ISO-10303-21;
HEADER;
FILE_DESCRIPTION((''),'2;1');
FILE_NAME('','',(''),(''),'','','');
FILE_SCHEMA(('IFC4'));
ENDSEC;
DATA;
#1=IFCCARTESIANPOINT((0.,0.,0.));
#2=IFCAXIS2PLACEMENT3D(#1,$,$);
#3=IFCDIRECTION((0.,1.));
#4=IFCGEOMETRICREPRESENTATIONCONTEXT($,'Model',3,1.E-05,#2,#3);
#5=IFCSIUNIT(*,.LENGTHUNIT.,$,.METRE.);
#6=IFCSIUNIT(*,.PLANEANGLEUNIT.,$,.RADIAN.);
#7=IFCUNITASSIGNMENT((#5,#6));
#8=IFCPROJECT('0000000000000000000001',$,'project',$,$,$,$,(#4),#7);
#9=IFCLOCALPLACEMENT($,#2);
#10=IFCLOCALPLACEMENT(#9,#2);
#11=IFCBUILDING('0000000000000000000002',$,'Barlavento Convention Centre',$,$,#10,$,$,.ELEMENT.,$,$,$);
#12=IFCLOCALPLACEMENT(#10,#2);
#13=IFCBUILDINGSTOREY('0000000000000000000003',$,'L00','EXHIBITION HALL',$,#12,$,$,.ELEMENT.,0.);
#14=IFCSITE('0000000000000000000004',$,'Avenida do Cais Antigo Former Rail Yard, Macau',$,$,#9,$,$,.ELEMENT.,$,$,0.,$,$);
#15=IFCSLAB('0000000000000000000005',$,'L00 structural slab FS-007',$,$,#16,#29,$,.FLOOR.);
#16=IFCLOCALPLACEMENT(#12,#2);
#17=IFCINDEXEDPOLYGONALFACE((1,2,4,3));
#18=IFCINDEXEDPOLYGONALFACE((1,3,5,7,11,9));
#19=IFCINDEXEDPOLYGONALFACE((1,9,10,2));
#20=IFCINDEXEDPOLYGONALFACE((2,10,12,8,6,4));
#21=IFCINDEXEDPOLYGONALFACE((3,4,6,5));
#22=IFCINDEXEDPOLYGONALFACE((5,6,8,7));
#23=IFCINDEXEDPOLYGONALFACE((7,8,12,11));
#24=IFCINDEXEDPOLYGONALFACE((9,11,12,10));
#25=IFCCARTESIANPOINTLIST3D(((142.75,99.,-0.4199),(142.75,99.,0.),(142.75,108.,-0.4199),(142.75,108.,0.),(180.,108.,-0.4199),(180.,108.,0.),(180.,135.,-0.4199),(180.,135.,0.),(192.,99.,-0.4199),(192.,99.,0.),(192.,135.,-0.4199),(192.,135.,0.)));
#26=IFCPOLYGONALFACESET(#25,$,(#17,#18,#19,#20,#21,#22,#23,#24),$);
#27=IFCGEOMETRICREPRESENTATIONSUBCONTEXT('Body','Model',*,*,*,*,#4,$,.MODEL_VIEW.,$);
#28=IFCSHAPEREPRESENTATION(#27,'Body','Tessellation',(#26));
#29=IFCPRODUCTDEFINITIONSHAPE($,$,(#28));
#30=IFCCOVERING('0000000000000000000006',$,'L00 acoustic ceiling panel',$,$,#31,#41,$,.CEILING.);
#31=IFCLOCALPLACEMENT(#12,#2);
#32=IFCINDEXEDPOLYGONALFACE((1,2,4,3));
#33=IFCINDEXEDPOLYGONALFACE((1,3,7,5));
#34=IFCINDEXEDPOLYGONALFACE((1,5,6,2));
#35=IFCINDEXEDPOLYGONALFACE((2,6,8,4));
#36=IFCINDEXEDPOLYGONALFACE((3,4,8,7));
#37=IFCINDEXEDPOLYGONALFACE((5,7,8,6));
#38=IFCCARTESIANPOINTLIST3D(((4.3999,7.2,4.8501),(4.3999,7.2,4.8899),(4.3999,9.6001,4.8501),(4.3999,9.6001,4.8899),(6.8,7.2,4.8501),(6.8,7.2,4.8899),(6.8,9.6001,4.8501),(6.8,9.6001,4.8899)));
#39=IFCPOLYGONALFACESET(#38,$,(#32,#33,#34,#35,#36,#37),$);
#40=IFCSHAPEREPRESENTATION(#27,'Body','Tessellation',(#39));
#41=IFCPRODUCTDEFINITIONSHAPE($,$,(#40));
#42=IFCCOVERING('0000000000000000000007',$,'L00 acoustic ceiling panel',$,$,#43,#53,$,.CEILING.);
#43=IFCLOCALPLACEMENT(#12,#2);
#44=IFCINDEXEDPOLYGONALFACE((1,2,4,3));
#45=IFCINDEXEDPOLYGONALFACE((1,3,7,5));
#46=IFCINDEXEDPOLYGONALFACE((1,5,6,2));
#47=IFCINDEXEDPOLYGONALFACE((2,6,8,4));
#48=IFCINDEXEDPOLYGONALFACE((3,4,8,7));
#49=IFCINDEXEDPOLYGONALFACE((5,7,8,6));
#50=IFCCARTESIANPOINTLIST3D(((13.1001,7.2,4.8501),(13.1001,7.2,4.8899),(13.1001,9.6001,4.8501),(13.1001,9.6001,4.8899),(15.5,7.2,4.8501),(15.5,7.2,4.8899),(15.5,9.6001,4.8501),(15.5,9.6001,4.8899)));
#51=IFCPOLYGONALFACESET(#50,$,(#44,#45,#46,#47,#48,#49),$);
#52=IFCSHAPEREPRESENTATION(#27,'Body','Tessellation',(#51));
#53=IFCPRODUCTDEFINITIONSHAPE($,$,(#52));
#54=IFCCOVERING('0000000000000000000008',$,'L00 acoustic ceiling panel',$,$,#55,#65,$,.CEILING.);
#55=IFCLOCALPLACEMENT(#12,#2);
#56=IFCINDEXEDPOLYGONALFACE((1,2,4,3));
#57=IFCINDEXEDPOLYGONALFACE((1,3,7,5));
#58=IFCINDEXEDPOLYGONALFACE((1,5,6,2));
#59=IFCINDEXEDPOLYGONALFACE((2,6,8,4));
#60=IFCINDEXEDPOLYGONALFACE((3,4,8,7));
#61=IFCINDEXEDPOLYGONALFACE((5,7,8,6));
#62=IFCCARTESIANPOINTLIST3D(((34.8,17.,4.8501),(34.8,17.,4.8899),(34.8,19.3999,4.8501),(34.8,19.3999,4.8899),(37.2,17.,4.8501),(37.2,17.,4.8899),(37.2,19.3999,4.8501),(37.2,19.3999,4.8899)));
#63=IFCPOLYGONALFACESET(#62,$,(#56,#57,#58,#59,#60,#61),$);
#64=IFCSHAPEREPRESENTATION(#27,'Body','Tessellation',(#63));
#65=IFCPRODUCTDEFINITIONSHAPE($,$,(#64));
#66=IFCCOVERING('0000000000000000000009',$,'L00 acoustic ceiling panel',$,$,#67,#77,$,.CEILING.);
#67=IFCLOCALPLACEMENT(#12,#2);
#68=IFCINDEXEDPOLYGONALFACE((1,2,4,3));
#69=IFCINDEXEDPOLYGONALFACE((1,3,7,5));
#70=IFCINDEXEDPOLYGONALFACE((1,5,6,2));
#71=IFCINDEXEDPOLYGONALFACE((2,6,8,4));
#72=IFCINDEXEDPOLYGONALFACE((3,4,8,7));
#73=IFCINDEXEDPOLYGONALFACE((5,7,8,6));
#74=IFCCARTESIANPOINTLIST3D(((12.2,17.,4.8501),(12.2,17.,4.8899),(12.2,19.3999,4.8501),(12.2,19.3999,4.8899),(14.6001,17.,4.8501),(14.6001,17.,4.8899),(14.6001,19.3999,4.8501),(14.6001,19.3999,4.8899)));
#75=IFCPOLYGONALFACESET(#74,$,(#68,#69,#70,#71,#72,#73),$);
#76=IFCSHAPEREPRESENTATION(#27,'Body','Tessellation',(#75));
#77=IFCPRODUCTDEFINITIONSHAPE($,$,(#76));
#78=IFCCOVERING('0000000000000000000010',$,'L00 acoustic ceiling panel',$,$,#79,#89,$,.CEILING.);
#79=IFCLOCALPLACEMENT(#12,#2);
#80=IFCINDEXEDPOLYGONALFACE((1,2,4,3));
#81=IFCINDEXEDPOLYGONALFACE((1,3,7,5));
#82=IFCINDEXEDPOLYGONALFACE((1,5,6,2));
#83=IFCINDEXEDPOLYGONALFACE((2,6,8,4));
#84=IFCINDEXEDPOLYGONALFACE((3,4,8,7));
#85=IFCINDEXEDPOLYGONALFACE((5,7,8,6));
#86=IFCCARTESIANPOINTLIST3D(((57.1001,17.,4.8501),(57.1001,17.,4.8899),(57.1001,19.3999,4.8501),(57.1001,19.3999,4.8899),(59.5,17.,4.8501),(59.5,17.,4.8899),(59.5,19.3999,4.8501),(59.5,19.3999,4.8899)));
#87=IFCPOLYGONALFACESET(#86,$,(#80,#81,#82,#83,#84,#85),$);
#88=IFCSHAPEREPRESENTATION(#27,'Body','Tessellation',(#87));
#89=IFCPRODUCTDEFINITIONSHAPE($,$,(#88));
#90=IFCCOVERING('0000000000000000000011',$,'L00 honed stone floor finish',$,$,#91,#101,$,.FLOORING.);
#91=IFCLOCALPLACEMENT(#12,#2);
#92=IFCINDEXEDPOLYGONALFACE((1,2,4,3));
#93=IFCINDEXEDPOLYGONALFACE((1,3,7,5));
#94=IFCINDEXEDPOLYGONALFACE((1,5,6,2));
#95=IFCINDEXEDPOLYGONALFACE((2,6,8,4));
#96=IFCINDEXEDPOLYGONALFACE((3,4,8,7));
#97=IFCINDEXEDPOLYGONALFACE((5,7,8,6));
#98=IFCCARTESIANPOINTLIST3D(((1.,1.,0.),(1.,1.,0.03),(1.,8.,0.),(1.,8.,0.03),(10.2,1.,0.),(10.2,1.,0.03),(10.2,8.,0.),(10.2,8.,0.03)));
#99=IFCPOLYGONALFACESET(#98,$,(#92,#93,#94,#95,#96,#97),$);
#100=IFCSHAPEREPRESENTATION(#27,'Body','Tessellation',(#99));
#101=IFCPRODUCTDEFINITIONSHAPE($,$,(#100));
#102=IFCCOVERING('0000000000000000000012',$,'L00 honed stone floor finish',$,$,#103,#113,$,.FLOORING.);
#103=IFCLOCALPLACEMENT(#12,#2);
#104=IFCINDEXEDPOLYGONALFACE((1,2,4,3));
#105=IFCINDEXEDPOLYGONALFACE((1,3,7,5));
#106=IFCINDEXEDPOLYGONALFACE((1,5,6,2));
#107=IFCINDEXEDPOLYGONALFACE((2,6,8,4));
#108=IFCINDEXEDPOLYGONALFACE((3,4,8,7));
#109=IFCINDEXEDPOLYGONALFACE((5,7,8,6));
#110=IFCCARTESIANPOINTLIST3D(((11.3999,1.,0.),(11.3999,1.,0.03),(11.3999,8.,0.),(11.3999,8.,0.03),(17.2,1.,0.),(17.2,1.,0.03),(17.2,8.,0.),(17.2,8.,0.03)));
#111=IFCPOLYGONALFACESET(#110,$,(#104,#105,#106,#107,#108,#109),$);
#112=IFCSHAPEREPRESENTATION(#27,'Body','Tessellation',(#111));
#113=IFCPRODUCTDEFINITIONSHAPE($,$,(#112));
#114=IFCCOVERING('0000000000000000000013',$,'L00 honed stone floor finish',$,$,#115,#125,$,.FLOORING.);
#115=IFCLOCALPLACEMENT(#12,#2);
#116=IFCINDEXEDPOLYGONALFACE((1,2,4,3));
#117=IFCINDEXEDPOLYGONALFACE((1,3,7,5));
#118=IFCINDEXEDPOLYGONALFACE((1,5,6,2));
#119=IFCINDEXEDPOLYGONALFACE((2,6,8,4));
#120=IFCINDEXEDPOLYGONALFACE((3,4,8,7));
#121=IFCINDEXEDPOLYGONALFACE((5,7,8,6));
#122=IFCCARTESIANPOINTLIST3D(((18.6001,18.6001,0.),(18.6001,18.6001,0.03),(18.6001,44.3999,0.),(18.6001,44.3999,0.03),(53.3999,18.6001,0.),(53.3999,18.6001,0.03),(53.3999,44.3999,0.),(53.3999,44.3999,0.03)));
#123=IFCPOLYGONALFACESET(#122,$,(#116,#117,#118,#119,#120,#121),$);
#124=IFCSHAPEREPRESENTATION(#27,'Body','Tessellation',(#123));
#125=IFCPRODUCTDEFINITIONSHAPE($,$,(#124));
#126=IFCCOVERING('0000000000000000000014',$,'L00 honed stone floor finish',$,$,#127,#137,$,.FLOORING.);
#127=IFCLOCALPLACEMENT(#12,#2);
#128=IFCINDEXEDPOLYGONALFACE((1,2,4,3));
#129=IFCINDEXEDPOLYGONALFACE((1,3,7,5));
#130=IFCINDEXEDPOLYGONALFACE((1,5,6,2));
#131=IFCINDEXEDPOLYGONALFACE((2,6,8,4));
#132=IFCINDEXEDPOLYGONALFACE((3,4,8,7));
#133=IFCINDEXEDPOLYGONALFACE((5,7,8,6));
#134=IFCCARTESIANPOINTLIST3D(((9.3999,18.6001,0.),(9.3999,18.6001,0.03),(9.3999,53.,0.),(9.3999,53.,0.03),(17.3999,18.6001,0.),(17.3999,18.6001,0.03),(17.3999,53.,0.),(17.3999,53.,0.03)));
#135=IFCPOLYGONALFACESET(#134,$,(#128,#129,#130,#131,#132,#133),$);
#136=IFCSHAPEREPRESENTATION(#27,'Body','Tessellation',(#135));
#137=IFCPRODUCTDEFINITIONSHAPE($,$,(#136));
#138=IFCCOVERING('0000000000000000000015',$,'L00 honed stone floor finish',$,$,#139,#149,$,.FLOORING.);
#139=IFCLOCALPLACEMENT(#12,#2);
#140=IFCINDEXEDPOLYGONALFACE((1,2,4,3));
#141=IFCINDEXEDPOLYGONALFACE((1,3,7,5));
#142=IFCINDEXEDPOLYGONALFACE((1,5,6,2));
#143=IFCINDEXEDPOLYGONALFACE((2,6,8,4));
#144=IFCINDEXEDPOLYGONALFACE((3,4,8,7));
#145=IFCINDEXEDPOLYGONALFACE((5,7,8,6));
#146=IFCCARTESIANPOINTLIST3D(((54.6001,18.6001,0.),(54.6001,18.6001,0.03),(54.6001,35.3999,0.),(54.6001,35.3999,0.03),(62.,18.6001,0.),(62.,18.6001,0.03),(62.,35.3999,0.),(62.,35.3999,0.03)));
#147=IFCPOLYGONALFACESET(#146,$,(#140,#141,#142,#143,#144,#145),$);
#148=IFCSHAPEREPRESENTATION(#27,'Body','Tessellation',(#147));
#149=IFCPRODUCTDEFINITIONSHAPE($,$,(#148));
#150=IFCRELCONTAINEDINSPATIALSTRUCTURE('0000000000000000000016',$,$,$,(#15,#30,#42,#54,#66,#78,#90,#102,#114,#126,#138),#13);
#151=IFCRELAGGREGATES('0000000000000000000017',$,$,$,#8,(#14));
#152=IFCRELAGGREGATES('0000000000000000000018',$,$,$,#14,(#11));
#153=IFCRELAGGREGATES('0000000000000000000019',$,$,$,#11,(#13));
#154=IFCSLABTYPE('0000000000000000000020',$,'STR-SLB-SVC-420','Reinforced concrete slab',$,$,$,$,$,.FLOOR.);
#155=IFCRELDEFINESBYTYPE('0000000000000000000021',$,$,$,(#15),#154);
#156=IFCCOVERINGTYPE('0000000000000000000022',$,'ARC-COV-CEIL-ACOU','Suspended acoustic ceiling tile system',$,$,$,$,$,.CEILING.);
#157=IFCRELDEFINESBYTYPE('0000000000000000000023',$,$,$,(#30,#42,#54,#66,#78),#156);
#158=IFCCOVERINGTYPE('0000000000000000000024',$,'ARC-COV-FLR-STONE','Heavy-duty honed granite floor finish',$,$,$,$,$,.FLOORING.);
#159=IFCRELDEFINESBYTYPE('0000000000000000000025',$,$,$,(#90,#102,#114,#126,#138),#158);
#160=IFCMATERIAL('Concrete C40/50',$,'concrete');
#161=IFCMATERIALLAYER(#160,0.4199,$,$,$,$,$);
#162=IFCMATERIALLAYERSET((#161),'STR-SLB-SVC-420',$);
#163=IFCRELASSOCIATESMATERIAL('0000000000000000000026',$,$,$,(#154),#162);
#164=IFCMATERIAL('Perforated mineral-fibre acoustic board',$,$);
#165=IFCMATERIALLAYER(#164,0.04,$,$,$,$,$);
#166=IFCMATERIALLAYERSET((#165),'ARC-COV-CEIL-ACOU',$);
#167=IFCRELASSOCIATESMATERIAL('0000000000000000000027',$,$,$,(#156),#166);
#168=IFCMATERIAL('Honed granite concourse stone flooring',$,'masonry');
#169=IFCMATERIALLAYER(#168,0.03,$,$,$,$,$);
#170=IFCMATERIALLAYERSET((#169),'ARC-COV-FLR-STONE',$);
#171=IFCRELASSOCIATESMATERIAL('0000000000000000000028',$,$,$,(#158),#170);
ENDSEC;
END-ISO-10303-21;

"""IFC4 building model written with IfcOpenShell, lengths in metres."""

from ifc_helpers import new_model, si_unit, direction, frame, origin, place, context, subcontext, project, spatial, polyline, outline, extrude, material, layer, layer_set, type_object, element, save


model = new_model("IFC4")

# Units and contexts
model_context = context("Model", 3, precision=1e-05, world=origin(), true_north=direction((0.0, 1.0)))
body_context = subcontext(model_context, "Body", "Model", "MODEL_VIEW")
ifc_project = project(units=[si_unit("LENGTHUNIT", "METRE"), si_unit("PLANEANGLEUNIT", "RADIAN")], contexts=[model_context])

# Site, building, storey
site_placement = place(None, origin())
site = spatial("IfcSite", under=ifc_project, at=site_placement, Name="Avenida do Cais Antigo Former Rail Yard, Macau", CompositionType="ELEMENT", RefElevation=0.0)
building_placement = place(site_placement, origin())
building = spatial("IfcBuilding", under=site, at=building_placement, Name="Barlavento Convention Centre", CompositionType="ELEMENT")
storey_placement = place(building_placement, origin())
storey = spatial("IfcBuildingStorey", under=building, at=storey_placement, Name="L00", Description="EXHIBITION HALL", CompositionType="ELEMENT", Elevation=0.0)

# Shared definitions
ifc_material_1 = material(Name="Concrete C40/50", Category="concrete")

# Slab
ifc_layer_1 = layer(ifc_material_1, 0.4199)
ifc_layer_set_1 = layer_set([ifc_layer_1], Name="STR-SLB-SVC-420")
slab_type_1 = type_object("IfcSlabType", Name="STR-SLB-SVC-420", Description="Reinforced concrete slab", PredefinedType="FLOOR", material=ifc_layer_set_1)
slab_1_placement = place(storey_placement, frame((0.0, 0.0, -0.4199)))
element("IfcSlab", 1, at=slab_1_placement, inside=storey, type_object=slab_type_1, Name="L00 structural slab FS-007", PredefinedType="FLOOR", context=body_context, shape_type="SweptSolid", body=[
    extrude(outline(polyline([(142.75, 99.0), (192.0, 99.0), (192.0, 135.0), (180.0, 135.0), (180.0, 108.0), (142.75, 108.0), (142.75, 99.0)])), origin(), (0.0, 0.0, 1.0), 0.4199),
])

# Coverings
ifc_material_2 = material(Name="Perforated mineral-fibre acoustic board")
ifc_layer_2 = layer(ifc_material_2, 0.04)
ifc_layer_set_2 = layer_set([ifc_layer_2], Name="ARC-COV-CEIL-ACOU")
covering_type_1 = type_object("IfcCoveringType", Name="ARC-COV-CEIL-ACOU", Description="Suspended acoustic ceiling tile system", PredefinedType="CEILING", material=ifc_layer_set_2)
covering_1_placement = place(storey_placement, frame((0.0, 0.0, 4.8501)))
element("IfcCovering", 2, at=covering_1_placement, inside=storey, type_object=covering_type_1, Name="L00 acoustic ceiling panel", PredefinedType="CEILING", context=body_context, shape_type="SweptSolid", body=[
    extrude(outline(polyline([(4.3999, 7.2), (6.8, 7.2), (6.8, 9.6001), (4.3999, 9.6001), (4.3999, 7.2)])), origin(), (0.0, 0.0, 1.0), 0.0398),
])
covering_2_placement = place(storey_placement, frame((0.0, 0.0, 4.8501)))
element("IfcCovering", 3, at=covering_2_placement, inside=storey, type_object=covering_type_1, Name="L00 acoustic ceiling panel", PredefinedType="CEILING", context=body_context, shape_type="SweptSolid", body=[
    extrude(outline(polyline([(13.1001, 7.2), (15.5, 7.2), (15.5, 9.6001), (13.1001, 9.6001), (13.1001, 7.2)])), origin(), (0.0, 0.0, 1.0), 0.0398),
])
covering_3_placement = place(storey_placement, frame((0.0, 0.0, 4.8501)))
element("IfcCovering", 4, at=covering_3_placement, inside=storey, type_object=covering_type_1, Name="L00 acoustic ceiling panel", PredefinedType="CEILING", context=body_context, shape_type="SweptSolid", body=[
    extrude(outline(polyline([(34.8, 17.0), (37.2, 17.0), (37.2, 19.3999), (34.8, 19.3999), (34.8, 17.0)])), origin(), (0.0, 0.0, 1.0), 0.0398),
])
covering_4_placement = place(storey_placement, frame((0.0, 0.0, 4.8501)))
element("IfcCovering", 5, at=covering_4_placement, inside=storey, type_object=covering_type_1, Name="L00 acoustic ceiling panel", PredefinedType="CEILING", context=body_context, shape_type="SweptSolid", body=[
    extrude(outline(polyline([(12.2, 17.0), (14.6001, 17.0), (14.6001, 19.3999), (12.2, 19.3999), (12.2, 17.0)])), origin(), (0.0, 0.0, 1.0), 0.0398),
])
covering_5_placement = place(storey_placement, frame((0.0, 0.0, 4.8501)))
element("IfcCovering", 6, at=covering_5_placement, inside=storey, type_object=covering_type_1, Name="L00 acoustic ceiling panel", PredefinedType="CEILING", context=body_context, shape_type="SweptSolid", body=[
    extrude(outline(polyline([(57.1001, 17.0), (59.5, 17.0), (59.5, 19.3999), (57.1001, 19.3999), (57.1001, 17.0)])), origin(), (0.0, 0.0, 1.0), 0.0398),
])
ifc_material_3 = material(Name="Honed granite concourse stone flooring", Category="masonry")
ifc_layer_3 = layer(ifc_material_3, 0.03)
ifc_layer_set_3 = layer_set([ifc_layer_3], Name="ARC-COV-FLR-STONE")
covering_type_2 = type_object("IfcCoveringType", Name="ARC-COV-FLR-STONE", Description="Heavy-duty honed granite floor finish", PredefinedType="FLOORING", material=ifc_layer_set_3)
covering_6_placement = place(storey_placement, origin())
element("IfcCovering", 7, at=covering_6_placement, inside=storey, type_object=covering_type_2, Name="L00 honed stone floor finish", PredefinedType="FLOORING", context=body_context, shape_type="SweptSolid", body=[
    extrude(outline(polyline([(10.2, 1.0), (1.0, 1.0), (1.0, 8.0), (10.2, 8.0), (10.2, 1.0)])), origin(), (0.0, 0.0, 1.0), 0.03),
])
covering_7_placement = place(storey_placement, origin())
element("IfcCovering", 8, at=covering_7_placement, inside=storey, type_object=covering_type_2, Name="L00 honed stone floor finish", PredefinedType="FLOORING", context=body_context, shape_type="SweptSolid", body=[
    extrude(outline(polyline([(17.2, 1.0), (11.3999, 1.0), (11.3999, 8.0), (17.2, 8.0), (17.2, 1.0)])), origin(), (0.0, 0.0, 1.0), 0.03),
])
covering_8_placement = place(storey_placement, origin())
element("IfcCovering", 9, at=covering_8_placement, inside=storey, type_object=covering_type_2, Name="L00 honed stone floor finish", PredefinedType="FLOORING", context=body_context, shape_type="SweptSolid", body=[
    extrude(outline(polyline([(53.3999, 18.6001), (18.6001, 18.6001), (18.6001, 44.3999), (53.3999, 44.3999), (53.3999, 18.6001)])), origin(), (0.0, 0.0, 1.0), 0.03),
])
covering_9_placement = place(storey_placement, origin())
element("IfcCovering", 10, at=covering_9_placement, inside=storey, type_object=covering_type_2, Name="L00 honed stone floor finish", PredefinedType="FLOORING", context=body_context, shape_type="SweptSolid", body=[
    extrude(outline(polyline([(17.3999, 18.6001), (9.3999, 18.6001), (9.3999, 53.0), (17.3999, 53.0), (17.3999, 18.6001)])), origin(), (0.0, 0.0, 1.0), 0.03),
])
covering_10_placement = place(storey_placement, origin())
element("IfcCovering", 11, at=covering_10_placement, inside=storey, type_object=covering_type_2, Name="L00 honed stone floor finish", PredefinedType="FLOORING", context=body_context, shape_type="SweptSolid", body=[
    extrude(outline(polyline([(62.0, 18.6001), (54.6001, 18.6001), (54.6001, 35.3999), (62.0, 35.3999), (62.0, 18.6001)])), origin(), (0.0, 0.0, 1.0), 0.03),
])

save(model, "model.ifc")
